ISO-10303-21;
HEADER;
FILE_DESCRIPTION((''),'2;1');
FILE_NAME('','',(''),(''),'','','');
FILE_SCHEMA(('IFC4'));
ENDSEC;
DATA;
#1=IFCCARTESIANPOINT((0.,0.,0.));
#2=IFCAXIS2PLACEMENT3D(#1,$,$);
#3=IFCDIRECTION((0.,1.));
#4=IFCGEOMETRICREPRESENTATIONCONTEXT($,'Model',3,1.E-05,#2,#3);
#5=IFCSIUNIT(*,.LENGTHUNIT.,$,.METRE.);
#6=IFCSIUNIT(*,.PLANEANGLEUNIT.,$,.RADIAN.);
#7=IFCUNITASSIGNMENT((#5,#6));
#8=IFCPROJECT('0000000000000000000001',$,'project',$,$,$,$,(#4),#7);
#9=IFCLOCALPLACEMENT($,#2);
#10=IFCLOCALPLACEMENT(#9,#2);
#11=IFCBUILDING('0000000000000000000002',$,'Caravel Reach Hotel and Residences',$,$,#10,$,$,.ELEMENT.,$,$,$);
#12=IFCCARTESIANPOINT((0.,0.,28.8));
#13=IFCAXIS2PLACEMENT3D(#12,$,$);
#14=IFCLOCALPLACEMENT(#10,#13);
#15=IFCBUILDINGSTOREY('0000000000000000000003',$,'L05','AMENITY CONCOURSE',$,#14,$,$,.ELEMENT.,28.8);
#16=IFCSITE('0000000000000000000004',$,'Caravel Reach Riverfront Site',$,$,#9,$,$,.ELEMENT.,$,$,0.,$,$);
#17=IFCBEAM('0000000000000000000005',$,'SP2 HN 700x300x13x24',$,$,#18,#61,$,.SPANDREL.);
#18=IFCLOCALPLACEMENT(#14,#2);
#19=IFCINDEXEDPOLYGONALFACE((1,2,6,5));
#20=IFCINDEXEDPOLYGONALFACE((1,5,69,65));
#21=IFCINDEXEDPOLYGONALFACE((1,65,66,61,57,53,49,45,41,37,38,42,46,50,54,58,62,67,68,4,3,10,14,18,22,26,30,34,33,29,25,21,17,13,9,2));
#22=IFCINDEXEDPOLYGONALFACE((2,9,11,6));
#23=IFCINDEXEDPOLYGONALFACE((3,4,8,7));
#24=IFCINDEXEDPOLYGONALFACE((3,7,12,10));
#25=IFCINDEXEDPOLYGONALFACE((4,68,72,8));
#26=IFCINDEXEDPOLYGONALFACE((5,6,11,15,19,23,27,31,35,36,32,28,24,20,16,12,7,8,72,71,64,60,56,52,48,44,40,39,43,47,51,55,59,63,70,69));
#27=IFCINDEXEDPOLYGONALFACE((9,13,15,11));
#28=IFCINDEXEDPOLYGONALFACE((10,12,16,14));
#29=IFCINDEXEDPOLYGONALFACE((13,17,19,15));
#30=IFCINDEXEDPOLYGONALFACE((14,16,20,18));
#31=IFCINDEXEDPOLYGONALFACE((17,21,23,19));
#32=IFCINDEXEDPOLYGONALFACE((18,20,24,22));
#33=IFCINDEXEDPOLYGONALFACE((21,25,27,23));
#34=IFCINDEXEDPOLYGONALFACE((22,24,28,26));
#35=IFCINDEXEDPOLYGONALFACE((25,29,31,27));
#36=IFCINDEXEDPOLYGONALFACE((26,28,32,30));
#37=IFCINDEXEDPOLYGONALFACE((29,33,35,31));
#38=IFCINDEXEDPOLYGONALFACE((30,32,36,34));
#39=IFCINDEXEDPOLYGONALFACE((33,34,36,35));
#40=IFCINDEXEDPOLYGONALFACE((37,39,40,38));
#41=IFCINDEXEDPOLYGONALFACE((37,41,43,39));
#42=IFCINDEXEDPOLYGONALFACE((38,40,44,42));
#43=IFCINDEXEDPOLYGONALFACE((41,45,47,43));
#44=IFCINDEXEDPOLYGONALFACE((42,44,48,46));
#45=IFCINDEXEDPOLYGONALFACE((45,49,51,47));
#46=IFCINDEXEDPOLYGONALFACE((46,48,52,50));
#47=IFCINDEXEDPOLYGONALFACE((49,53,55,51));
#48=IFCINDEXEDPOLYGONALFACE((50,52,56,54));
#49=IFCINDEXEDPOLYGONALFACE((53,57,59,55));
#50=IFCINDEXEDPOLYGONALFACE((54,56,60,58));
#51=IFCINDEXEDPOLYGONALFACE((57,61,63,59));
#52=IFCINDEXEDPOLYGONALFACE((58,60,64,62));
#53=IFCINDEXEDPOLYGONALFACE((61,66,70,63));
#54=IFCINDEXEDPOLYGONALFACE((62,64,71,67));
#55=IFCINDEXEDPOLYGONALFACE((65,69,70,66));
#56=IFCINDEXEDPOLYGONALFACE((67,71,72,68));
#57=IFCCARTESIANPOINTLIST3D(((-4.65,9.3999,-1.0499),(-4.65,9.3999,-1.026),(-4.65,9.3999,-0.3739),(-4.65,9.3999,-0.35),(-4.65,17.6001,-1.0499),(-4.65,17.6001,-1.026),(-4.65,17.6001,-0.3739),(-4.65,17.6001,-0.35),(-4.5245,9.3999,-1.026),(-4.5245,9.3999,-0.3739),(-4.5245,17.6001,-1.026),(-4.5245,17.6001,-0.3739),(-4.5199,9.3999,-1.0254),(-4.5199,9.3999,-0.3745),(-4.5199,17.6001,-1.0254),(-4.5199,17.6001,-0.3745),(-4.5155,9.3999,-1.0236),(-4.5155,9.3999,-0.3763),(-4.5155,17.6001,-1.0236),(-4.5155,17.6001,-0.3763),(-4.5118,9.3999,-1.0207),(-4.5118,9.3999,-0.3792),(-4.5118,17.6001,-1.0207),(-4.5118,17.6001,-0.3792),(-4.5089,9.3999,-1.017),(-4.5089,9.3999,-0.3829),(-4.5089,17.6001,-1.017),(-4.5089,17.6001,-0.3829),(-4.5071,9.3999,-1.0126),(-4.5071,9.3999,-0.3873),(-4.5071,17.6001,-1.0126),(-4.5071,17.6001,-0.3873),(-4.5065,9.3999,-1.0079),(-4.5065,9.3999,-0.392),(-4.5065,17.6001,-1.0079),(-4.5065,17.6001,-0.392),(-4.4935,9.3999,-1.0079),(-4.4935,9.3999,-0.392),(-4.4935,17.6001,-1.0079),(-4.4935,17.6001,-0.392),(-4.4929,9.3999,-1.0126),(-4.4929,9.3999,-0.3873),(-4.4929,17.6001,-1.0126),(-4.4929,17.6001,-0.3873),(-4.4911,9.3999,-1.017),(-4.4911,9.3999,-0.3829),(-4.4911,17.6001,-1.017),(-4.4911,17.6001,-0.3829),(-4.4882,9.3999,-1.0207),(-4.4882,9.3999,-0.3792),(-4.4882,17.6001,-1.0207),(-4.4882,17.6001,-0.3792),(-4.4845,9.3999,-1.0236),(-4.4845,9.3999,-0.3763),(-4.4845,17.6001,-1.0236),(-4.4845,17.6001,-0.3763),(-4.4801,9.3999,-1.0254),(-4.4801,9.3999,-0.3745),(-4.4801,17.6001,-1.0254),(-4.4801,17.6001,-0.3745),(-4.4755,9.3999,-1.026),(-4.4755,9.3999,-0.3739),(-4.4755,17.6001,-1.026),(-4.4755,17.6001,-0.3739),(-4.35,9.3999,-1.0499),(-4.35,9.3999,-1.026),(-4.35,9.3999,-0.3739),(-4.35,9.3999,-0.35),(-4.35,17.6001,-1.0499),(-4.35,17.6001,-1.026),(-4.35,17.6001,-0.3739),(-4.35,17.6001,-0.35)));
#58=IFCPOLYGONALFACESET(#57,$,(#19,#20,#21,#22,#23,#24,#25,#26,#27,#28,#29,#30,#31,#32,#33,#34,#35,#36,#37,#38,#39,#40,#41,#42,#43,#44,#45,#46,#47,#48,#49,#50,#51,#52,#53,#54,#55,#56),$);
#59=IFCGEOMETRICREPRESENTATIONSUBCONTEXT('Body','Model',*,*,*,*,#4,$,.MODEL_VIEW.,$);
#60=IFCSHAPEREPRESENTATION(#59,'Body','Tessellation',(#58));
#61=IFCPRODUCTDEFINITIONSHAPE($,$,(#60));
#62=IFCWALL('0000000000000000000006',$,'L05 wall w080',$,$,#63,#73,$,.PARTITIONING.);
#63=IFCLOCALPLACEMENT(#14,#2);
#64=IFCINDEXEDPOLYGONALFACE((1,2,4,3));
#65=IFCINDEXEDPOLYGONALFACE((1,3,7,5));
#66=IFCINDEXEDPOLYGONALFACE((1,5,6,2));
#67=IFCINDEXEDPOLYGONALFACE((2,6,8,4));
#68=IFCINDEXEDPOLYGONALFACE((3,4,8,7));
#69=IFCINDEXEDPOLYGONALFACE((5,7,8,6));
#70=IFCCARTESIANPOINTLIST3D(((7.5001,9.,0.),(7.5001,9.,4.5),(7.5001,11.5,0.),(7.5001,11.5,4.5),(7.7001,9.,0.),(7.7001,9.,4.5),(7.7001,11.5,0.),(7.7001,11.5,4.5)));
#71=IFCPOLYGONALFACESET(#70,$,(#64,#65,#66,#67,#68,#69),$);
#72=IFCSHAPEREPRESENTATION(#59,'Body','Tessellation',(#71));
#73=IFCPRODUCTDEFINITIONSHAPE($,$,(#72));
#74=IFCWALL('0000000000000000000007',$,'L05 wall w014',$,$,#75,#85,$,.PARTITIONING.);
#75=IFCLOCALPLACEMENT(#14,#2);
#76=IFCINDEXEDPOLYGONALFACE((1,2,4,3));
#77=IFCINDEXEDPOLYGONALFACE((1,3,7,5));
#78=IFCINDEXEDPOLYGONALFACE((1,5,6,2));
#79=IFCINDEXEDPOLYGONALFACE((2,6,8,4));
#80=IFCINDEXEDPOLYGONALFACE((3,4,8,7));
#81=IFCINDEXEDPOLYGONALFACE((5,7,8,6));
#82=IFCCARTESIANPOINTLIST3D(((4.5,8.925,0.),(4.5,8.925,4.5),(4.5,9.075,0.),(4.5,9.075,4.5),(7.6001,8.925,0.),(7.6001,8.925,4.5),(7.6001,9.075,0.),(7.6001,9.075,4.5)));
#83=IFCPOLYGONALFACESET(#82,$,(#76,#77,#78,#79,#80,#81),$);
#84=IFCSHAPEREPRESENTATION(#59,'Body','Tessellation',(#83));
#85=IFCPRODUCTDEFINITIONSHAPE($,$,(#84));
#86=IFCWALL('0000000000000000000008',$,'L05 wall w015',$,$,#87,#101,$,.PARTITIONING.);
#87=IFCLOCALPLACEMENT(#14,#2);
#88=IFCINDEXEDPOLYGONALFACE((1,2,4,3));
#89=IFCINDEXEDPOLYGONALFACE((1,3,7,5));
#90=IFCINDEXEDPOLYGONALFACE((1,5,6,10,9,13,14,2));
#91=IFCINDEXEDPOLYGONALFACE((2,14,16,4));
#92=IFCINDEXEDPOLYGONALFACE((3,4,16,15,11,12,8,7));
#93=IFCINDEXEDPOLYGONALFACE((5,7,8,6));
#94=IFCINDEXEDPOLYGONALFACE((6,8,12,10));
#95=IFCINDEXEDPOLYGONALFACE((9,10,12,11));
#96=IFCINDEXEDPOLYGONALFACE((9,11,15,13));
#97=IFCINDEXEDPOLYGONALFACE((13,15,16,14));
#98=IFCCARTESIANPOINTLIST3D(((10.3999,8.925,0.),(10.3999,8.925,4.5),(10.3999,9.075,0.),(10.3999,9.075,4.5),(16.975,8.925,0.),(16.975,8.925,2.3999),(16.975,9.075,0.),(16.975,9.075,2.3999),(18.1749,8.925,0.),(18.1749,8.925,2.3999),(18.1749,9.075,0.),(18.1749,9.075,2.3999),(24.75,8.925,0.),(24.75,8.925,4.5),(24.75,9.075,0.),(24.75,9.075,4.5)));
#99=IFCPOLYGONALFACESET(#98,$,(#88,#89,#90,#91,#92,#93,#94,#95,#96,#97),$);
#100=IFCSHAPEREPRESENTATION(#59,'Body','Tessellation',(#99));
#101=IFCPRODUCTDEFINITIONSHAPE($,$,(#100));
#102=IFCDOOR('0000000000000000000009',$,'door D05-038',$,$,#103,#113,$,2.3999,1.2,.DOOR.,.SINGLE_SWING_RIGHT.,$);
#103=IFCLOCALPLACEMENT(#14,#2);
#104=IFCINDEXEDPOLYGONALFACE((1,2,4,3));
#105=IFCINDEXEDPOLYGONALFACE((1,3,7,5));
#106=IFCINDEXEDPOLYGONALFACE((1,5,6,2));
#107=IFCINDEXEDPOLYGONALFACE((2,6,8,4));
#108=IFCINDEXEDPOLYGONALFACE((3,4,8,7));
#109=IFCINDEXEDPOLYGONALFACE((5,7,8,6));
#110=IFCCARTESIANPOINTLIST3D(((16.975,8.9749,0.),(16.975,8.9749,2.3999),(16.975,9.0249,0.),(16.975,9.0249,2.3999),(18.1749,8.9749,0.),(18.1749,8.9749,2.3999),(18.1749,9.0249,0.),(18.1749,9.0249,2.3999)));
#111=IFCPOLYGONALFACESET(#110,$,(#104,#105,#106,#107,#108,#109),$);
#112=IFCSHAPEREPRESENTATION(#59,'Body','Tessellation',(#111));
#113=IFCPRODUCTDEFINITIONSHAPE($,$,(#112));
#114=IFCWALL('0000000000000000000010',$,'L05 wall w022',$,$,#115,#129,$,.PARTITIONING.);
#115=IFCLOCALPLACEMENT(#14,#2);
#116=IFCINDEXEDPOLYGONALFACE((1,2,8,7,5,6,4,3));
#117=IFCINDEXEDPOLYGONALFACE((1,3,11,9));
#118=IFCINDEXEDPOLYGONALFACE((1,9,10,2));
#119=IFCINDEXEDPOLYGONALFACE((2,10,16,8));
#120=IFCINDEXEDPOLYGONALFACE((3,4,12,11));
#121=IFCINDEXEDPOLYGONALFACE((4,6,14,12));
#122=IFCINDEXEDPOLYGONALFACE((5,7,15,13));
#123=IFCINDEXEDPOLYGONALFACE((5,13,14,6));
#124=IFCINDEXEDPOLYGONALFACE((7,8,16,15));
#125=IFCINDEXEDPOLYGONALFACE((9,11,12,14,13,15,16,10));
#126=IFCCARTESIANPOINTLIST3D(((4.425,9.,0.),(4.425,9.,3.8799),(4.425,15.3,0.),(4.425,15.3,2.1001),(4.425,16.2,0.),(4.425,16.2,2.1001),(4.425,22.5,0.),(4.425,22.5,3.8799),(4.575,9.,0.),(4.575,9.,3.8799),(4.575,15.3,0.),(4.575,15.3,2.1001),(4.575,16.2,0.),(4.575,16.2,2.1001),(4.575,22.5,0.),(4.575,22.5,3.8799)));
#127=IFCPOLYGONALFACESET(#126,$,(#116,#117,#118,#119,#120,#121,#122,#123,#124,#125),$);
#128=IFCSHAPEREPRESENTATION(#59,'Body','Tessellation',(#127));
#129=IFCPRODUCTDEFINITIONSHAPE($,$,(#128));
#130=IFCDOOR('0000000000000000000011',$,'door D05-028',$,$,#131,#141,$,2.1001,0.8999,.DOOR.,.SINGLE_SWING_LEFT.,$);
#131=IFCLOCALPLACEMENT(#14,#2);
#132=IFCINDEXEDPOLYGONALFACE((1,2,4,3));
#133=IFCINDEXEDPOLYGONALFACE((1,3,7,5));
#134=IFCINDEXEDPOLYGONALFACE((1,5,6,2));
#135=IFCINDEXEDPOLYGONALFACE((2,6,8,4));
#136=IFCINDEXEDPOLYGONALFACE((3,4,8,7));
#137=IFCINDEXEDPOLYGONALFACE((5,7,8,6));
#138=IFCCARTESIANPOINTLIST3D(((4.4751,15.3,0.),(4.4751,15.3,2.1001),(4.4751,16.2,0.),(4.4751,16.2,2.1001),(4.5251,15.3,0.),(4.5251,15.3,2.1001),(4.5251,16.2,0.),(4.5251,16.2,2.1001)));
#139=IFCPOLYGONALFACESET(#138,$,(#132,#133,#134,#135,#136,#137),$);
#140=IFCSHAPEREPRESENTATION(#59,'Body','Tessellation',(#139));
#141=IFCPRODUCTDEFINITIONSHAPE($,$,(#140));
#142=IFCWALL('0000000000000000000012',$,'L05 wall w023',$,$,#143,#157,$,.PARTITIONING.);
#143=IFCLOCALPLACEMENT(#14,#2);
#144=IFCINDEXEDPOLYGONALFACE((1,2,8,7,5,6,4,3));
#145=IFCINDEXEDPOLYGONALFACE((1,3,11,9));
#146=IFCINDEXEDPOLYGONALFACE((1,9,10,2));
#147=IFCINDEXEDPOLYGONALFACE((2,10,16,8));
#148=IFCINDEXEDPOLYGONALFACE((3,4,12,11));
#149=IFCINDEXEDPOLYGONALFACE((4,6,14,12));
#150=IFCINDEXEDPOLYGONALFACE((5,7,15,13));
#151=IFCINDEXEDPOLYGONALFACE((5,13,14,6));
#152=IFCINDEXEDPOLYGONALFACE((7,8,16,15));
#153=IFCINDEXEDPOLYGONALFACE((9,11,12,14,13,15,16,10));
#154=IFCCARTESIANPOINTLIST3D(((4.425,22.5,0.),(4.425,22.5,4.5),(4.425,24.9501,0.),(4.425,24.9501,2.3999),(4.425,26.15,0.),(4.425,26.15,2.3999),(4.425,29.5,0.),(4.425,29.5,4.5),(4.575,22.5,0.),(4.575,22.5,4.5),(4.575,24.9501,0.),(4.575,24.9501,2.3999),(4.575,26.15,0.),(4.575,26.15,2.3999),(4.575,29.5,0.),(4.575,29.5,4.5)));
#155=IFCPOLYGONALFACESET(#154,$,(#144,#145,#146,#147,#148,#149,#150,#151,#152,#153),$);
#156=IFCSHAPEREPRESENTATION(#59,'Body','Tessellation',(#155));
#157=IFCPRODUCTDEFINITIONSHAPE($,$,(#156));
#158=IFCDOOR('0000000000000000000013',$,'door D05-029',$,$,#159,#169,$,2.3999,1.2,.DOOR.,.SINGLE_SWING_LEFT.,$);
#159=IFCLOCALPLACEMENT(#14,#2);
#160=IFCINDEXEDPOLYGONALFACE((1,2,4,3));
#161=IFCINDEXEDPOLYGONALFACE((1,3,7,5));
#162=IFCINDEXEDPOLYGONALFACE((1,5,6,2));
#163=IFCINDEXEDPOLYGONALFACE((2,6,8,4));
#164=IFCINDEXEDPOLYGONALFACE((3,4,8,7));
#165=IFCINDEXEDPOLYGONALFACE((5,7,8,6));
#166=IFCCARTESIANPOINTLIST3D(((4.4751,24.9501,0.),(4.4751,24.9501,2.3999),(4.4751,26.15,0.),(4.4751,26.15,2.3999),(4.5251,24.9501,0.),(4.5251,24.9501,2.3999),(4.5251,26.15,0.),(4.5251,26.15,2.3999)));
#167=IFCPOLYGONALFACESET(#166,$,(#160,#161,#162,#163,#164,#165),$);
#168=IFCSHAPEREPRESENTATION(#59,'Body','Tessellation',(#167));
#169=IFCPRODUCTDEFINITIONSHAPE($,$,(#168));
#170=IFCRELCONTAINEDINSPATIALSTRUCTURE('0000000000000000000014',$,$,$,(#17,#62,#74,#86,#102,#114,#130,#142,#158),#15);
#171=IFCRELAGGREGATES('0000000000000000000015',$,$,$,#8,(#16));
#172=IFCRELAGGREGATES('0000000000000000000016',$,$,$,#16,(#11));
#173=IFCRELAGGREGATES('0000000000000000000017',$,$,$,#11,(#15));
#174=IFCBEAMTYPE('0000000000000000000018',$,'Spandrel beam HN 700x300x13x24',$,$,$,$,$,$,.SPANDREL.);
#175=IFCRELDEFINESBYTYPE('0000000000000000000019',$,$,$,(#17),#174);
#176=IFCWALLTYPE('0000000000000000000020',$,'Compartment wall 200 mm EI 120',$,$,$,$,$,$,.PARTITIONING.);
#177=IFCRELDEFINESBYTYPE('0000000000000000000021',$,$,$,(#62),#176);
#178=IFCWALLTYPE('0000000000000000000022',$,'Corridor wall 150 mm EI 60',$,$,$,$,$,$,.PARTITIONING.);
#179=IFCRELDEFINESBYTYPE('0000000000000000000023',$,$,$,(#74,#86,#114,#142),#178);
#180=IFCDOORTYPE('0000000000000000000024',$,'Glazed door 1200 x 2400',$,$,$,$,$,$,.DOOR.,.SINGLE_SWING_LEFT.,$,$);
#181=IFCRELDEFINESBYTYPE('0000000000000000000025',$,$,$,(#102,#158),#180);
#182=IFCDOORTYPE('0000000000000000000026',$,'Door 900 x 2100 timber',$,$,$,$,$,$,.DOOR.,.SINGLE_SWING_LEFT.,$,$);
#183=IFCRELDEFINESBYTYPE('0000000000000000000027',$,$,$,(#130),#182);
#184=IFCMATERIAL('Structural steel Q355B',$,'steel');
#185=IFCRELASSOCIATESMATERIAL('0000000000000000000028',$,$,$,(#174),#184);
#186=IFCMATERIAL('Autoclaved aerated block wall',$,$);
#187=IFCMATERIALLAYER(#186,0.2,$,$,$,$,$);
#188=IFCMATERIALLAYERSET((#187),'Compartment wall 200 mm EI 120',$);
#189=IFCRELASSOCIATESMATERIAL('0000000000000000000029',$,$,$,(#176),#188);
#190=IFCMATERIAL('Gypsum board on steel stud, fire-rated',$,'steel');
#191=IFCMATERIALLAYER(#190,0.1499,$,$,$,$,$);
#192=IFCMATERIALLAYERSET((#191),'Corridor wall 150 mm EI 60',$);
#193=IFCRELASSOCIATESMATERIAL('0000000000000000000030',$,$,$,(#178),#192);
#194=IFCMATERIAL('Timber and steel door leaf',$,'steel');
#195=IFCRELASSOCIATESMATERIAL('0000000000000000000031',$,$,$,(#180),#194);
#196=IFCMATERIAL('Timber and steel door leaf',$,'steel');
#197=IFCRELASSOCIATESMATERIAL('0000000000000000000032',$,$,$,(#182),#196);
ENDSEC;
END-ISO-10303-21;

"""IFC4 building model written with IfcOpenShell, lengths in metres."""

from ifc_helpers import new_model, si_unit, direction, frame, frame_2d, origin, origin_2d, place, context, subcontext, project, spatial, rectangle, i_section, extrude, material, layer, layer_set, material_profile, profile_set, type_object, element, fill, save


model = new_model("IFC4")

# Units and contexts
model_context = context("Model", 3, precision=1e-05, world=origin(), true_north=direction((0.0, 1.0)))
body_context = subcontext(model_context, "Body", "Model", "MODEL_VIEW")
ifc_project = project(units=[si_unit("LENGTHUNIT", "METRE"), si_unit("PLANEANGLEUNIT", "RADIAN")], contexts=[model_context])

# Site, building, storey
site_placement = place(None, origin())
site = spatial("IfcSite", under=ifc_project, at=site_placement, Name="Caravel Reach Riverfront Site", CompositionType="ELEMENT", RefElevation=0.0)
building_placement = place(site_placement, origin())
building = spatial("IfcBuilding", under=site, at=building_placement, Name="Caravel Reach Hotel and Residences", CompositionType="ELEMENT")
storey_placement = place(building_placement, frame((0.0, 0.0, 28.8)))
storey = spatial("IfcBuildingStorey", under=building, at=storey_placement, Name="L05", Description="AMENITY CONCOURSE", CompositionType="ELEMENT", Elevation=28.8)

# Beam
ifc_material_1 = material(Name="Structural steel Q355B", Category="steel")
ifc_material_profile_1 = material_profile(ifc_material_1, i_section(OverallWidth=0.3, OverallDepth=0.7, WebThickness=0.0129, FlangeThickness=0.0239, FilletRadius=0.0181, at=origin_2d()), Name="HN 700x300x13x24")
ifc_profile_set_1 = profile_set([ifc_material_profile_1], Name="Structural steel Q355B")
beam_type = type_object("IfcBeamType", Name="Spandrel beam HN 700x300x13x24", PredefinedType="SPANDREL", material=ifc_profile_set_1)
for number, where, z_axis, x_axis, name in (
    (1, (-4.5, 17.6001, -0.7), (0.0, -1.0, 0.0), (1.0, 0.0, 0.0), "SP2 HN 700x300x13x24"),
):
    element("IfcBeam", number, at=place(storey_placement, frame(where, z_axis=z_axis, x_axis=x_axis)), inside=storey, type_object=beam_type, Name=name, PredefinedType="SPANDREL", context=body_context, shape_type="SweptSolid", body=[
        extrude(i_section(OverallWidth=0.3, OverallDepth=0.7, WebThickness=0.0129, FlangeThickness=0.0239, FilletRadius=0.0181, at=origin_2d()), origin(), (0.0, 0.0, 1.0), 8.2002),
    ])

# Walls
ifc_material_2 = material(Name="Autoclaved aerated block wall")
ifc_layer_1 = layer(ifc_material_2, 0.2)
ifc_layer_set_1 = layer_set([ifc_layer_1], Name="Compartment wall 200 mm EI 120")
wall_type_1 = type_object("IfcWallType", Name="Compartment wall 200 mm EI 120", PredefinedType="PARTITIONING", material=ifc_layer_set_1)
wall_1_placement = place(storey_placement, frame((7.6001, 9.0, 0.0), z_axis=(0.0, 0.0, 1.0), x_axis=(0.0, 1.0, 0.0)))
element("IfcWall", 2, at=wall_1_placement, inside=storey, type_object=wall_type_1, Name="L05 wall w080", PredefinedType="PARTITIONING", context=body_context, shape_type="SweptSolid", body=[
    extrude(rectangle(XDim=2.5, YDim=0.2, at=frame_2d((1.25, 0.0))), origin(), (0.0, 0.0, 1.0), 4.5),
])
ifc_material_3 = material(Name="Gypsum board on steel stud, fire-rated", Category="steel")
ifc_layer_2 = layer(ifc_material_3, 0.1499)
ifc_layer_set_2 = layer_set([ifc_layer_2], Name="Corridor wall 150 mm EI 60")
wall_type_2 = type_object("IfcWallType", Name="Corridor wall 150 mm EI 60", PredefinedType="PARTITIONING", material=ifc_layer_set_2)
wall_2_placement = place(storey_placement, frame((4.5, 9.0, 0.0), z_axis=(0.0, 0.0, 1.0), x_axis=(1.0, 0.0, 0.0)))
element("IfcWall", 3, at=wall_2_placement, inside=storey, type_object=wall_type_2, Name="L05 wall w014", PredefinedType="PARTITIONING", context=body_context, shape_type="SweptSolid", body=[
    extrude(rectangle(XDim=3.1001, YDim=0.1499, at=frame_2d((1.55, 0.0))), origin(), (0.0, 0.0, 1.0), 4.5),
])

# Walls, openings, doors
wall_3_placement = place(storey_placement, frame((10.3999, 9.0, 0.0), z_axis=(0.0, 0.0, 1.0), x_axis=(1.0, 0.0, 0.0)))
wall_3 = element("IfcWall", 4, at=wall_3_placement, inside=storey, type_object=wall_type_2, Name="L05 wall w015", PredefinedType="PARTITIONING", context=body_context, shape_type="SweptSolid", body=[
    extrude(rectangle(XDim=14.3501, YDim=0.1499, at=frame_2d((7.175, 0.0))), origin(), (0.0, 0.0, 1.0), 4.5),
])
opening_1_placement = place(wall_3_placement, frame((6.575, 0.0, 0.0)))
opening_1 = element("IfcOpeningElement", 5, at=opening_1_placement, cuts=wall_3, PredefinedType="OPENING", context=body_context, shape_type="SweptSolid", body=[
    extrude(rectangle(XDim=1.2, YDim=2.3999, at=frame_2d((0.6001, 1.2))), frame((0.0, 0.085, 0.0), z_axis=(0.0, -1.0, 0.0), x_axis=(1.0, 0.0, 0.0)), (0.0, 0.0, 1.0), 0.1699),
])
ifc_material_4 = material(Name="Timber and steel door leaf", Category="steel")
door_type_1 = type_object("IfcDoorType", Name="Glazed door 1200 x 2400", OperationType="SINGLE_SWING_LEFT", PredefinedType="DOOR", material=ifc_material_4)
door_1_placement = place(opening_1_placement, origin())
door_1 = element("IfcDoor", 6, at=door_1_placement, inside=storey, type_object=door_type_1, Name="door D05-038", OperationType="SINGLE_SWING_RIGHT", OverallHeight=2.3999, OverallWidth=1.2, PredefinedType="DOOR", context=body_context, shape_type="SweptSolid", body=[
    extrude(rectangle(XDim=1.2, YDim=2.3999, at=frame_2d((0.6001, 1.2))), frame((0.0, 0.0249, 0.0), z_axis=(0.0, -1.0, 0.0), x_axis=(1.0, 0.0, 0.0)), (0.0, 0.0, 1.0), 0.05),
])
fill(opening_1, door_1)
wall_4_placement = place(storey_placement, frame((4.5, 9.0, 0.0), z_axis=(0.0, 0.0, 1.0), x_axis=(0.0, 1.0, 0.0)))
wall_4 = element("IfcWall", 7, at=wall_4_placement, inside=storey, type_object=wall_type_2, Name="L05 wall w022", PredefinedType="PARTITIONING", context=body_context, shape_type="SweptSolid", body=[
    extrude(rectangle(XDim=13.5, YDim=0.1499, at=frame_2d((6.75, 0.0))), origin(), (0.0, 0.0, 1.0), 3.8799),
])
opening_2_placement = place(wall_4_placement, frame((6.3, 0.0, 0.0)))
opening_2 = element("IfcOpeningElement", 8, at=opening_2_placement, cuts=wall_4, PredefinedType="OPENING", context=body_context, shape_type="SweptSolid", body=[
    extrude(rectangle(XDim=0.8999, YDim=2.1001, at=frame_2d((0.45, 1.05))), frame((0.0, 0.085, 0.0), z_axis=(0.0, -1.0, 0.0), x_axis=(1.0, 0.0, 0.0)), (0.0, 0.0, 1.0), 0.1699),
])
ifc_material_5 = material(Name="Timber and steel door leaf", Category="steel")
door_type_2 = type_object("IfcDoorType", Name="Door 900 x 2100 timber", OperationType="SINGLE_SWING_LEFT", PredefinedType="DOOR", material=ifc_material_5)
door_2_placement = place(opening_2_placement, origin())
door_2 = element("IfcDoor", 9, at=door_2_placement, inside=storey, type_object=door_type_2, Name="door D05-028", OperationType="SINGLE_SWING_LEFT", OverallHeight=2.1001, OverallWidth=0.8999, PredefinedType="DOOR", context=body_context, shape_type="SweptSolid", body=[
    extrude(rectangle(XDim=0.8999, YDim=2.1001, at=frame_2d((0.45, 1.05))), frame((0.0, 0.0249, 0.0), z_axis=(0.0, -1.0, 0.0), x_axis=(1.0, 0.0, 0.0)), (0.0, 0.0, 1.0), 0.05),
])
fill(opening_2, door_2)
wall_5_placement = place(storey_placement, frame((4.5, 22.5, 0.0), z_axis=(0.0, 0.0, 1.0), x_axis=(0.0, 1.0, 0.0)))
wall_5 = element("IfcWall", 10, at=wall_5_placement, inside=storey, type_object=wall_type_2, Name="L05 wall w023", PredefinedType="PARTITIONING", context=body_context, shape_type="SweptSolid", body=[
    extrude(rectangle(XDim=7.0, YDim=0.1499, at=frame_2d((3.5, 0.0))), origin(), (0.0, 0.0, 1.0), 4.5),
])
opening_3_placement = place(wall_5_placement, frame((2.45, 0.0, 0.0)))
opening_3 = element("IfcOpeningElement", 11, at=opening_3_placement, cuts=wall_5, PredefinedType="OPENING", context=body_context, shape_type="SweptSolid", body=[
    extrude(rectangle(XDim=1.2, YDim=2.3999, at=frame_2d((0.6001, 1.2))), frame((0.0, 0.085, 0.0), z_axis=(0.0, -1.0, 0.0), x_axis=(1.0, 0.0, 0.0)), (0.0, 0.0, 1.0), 0.1699),
])
door_3_placement = place(opening_3_placement, origin())
door_3 = element("IfcDoor", 12, at=door_3_placement, inside=storey, type_object=door_type_1, Name="door D05-029", OperationType="SINGLE_SWING_LEFT", OverallHeight=2.3999, OverallWidth=1.2, PredefinedType="DOOR", context=body_context, shape_type="SweptSolid", body=[
    extrude(rectangle(XDim=1.2, YDim=2.3999, at=frame_2d((0.6001, 1.2))), frame((0.0, 0.0249, 0.0), z_axis=(0.0, -1.0, 0.0), x_axis=(1.0, 0.0, 0.0)), (0.0, 0.0, 1.0), 0.05),
])
fill(opening_3, door_3)

save(model, "model.ifc")
